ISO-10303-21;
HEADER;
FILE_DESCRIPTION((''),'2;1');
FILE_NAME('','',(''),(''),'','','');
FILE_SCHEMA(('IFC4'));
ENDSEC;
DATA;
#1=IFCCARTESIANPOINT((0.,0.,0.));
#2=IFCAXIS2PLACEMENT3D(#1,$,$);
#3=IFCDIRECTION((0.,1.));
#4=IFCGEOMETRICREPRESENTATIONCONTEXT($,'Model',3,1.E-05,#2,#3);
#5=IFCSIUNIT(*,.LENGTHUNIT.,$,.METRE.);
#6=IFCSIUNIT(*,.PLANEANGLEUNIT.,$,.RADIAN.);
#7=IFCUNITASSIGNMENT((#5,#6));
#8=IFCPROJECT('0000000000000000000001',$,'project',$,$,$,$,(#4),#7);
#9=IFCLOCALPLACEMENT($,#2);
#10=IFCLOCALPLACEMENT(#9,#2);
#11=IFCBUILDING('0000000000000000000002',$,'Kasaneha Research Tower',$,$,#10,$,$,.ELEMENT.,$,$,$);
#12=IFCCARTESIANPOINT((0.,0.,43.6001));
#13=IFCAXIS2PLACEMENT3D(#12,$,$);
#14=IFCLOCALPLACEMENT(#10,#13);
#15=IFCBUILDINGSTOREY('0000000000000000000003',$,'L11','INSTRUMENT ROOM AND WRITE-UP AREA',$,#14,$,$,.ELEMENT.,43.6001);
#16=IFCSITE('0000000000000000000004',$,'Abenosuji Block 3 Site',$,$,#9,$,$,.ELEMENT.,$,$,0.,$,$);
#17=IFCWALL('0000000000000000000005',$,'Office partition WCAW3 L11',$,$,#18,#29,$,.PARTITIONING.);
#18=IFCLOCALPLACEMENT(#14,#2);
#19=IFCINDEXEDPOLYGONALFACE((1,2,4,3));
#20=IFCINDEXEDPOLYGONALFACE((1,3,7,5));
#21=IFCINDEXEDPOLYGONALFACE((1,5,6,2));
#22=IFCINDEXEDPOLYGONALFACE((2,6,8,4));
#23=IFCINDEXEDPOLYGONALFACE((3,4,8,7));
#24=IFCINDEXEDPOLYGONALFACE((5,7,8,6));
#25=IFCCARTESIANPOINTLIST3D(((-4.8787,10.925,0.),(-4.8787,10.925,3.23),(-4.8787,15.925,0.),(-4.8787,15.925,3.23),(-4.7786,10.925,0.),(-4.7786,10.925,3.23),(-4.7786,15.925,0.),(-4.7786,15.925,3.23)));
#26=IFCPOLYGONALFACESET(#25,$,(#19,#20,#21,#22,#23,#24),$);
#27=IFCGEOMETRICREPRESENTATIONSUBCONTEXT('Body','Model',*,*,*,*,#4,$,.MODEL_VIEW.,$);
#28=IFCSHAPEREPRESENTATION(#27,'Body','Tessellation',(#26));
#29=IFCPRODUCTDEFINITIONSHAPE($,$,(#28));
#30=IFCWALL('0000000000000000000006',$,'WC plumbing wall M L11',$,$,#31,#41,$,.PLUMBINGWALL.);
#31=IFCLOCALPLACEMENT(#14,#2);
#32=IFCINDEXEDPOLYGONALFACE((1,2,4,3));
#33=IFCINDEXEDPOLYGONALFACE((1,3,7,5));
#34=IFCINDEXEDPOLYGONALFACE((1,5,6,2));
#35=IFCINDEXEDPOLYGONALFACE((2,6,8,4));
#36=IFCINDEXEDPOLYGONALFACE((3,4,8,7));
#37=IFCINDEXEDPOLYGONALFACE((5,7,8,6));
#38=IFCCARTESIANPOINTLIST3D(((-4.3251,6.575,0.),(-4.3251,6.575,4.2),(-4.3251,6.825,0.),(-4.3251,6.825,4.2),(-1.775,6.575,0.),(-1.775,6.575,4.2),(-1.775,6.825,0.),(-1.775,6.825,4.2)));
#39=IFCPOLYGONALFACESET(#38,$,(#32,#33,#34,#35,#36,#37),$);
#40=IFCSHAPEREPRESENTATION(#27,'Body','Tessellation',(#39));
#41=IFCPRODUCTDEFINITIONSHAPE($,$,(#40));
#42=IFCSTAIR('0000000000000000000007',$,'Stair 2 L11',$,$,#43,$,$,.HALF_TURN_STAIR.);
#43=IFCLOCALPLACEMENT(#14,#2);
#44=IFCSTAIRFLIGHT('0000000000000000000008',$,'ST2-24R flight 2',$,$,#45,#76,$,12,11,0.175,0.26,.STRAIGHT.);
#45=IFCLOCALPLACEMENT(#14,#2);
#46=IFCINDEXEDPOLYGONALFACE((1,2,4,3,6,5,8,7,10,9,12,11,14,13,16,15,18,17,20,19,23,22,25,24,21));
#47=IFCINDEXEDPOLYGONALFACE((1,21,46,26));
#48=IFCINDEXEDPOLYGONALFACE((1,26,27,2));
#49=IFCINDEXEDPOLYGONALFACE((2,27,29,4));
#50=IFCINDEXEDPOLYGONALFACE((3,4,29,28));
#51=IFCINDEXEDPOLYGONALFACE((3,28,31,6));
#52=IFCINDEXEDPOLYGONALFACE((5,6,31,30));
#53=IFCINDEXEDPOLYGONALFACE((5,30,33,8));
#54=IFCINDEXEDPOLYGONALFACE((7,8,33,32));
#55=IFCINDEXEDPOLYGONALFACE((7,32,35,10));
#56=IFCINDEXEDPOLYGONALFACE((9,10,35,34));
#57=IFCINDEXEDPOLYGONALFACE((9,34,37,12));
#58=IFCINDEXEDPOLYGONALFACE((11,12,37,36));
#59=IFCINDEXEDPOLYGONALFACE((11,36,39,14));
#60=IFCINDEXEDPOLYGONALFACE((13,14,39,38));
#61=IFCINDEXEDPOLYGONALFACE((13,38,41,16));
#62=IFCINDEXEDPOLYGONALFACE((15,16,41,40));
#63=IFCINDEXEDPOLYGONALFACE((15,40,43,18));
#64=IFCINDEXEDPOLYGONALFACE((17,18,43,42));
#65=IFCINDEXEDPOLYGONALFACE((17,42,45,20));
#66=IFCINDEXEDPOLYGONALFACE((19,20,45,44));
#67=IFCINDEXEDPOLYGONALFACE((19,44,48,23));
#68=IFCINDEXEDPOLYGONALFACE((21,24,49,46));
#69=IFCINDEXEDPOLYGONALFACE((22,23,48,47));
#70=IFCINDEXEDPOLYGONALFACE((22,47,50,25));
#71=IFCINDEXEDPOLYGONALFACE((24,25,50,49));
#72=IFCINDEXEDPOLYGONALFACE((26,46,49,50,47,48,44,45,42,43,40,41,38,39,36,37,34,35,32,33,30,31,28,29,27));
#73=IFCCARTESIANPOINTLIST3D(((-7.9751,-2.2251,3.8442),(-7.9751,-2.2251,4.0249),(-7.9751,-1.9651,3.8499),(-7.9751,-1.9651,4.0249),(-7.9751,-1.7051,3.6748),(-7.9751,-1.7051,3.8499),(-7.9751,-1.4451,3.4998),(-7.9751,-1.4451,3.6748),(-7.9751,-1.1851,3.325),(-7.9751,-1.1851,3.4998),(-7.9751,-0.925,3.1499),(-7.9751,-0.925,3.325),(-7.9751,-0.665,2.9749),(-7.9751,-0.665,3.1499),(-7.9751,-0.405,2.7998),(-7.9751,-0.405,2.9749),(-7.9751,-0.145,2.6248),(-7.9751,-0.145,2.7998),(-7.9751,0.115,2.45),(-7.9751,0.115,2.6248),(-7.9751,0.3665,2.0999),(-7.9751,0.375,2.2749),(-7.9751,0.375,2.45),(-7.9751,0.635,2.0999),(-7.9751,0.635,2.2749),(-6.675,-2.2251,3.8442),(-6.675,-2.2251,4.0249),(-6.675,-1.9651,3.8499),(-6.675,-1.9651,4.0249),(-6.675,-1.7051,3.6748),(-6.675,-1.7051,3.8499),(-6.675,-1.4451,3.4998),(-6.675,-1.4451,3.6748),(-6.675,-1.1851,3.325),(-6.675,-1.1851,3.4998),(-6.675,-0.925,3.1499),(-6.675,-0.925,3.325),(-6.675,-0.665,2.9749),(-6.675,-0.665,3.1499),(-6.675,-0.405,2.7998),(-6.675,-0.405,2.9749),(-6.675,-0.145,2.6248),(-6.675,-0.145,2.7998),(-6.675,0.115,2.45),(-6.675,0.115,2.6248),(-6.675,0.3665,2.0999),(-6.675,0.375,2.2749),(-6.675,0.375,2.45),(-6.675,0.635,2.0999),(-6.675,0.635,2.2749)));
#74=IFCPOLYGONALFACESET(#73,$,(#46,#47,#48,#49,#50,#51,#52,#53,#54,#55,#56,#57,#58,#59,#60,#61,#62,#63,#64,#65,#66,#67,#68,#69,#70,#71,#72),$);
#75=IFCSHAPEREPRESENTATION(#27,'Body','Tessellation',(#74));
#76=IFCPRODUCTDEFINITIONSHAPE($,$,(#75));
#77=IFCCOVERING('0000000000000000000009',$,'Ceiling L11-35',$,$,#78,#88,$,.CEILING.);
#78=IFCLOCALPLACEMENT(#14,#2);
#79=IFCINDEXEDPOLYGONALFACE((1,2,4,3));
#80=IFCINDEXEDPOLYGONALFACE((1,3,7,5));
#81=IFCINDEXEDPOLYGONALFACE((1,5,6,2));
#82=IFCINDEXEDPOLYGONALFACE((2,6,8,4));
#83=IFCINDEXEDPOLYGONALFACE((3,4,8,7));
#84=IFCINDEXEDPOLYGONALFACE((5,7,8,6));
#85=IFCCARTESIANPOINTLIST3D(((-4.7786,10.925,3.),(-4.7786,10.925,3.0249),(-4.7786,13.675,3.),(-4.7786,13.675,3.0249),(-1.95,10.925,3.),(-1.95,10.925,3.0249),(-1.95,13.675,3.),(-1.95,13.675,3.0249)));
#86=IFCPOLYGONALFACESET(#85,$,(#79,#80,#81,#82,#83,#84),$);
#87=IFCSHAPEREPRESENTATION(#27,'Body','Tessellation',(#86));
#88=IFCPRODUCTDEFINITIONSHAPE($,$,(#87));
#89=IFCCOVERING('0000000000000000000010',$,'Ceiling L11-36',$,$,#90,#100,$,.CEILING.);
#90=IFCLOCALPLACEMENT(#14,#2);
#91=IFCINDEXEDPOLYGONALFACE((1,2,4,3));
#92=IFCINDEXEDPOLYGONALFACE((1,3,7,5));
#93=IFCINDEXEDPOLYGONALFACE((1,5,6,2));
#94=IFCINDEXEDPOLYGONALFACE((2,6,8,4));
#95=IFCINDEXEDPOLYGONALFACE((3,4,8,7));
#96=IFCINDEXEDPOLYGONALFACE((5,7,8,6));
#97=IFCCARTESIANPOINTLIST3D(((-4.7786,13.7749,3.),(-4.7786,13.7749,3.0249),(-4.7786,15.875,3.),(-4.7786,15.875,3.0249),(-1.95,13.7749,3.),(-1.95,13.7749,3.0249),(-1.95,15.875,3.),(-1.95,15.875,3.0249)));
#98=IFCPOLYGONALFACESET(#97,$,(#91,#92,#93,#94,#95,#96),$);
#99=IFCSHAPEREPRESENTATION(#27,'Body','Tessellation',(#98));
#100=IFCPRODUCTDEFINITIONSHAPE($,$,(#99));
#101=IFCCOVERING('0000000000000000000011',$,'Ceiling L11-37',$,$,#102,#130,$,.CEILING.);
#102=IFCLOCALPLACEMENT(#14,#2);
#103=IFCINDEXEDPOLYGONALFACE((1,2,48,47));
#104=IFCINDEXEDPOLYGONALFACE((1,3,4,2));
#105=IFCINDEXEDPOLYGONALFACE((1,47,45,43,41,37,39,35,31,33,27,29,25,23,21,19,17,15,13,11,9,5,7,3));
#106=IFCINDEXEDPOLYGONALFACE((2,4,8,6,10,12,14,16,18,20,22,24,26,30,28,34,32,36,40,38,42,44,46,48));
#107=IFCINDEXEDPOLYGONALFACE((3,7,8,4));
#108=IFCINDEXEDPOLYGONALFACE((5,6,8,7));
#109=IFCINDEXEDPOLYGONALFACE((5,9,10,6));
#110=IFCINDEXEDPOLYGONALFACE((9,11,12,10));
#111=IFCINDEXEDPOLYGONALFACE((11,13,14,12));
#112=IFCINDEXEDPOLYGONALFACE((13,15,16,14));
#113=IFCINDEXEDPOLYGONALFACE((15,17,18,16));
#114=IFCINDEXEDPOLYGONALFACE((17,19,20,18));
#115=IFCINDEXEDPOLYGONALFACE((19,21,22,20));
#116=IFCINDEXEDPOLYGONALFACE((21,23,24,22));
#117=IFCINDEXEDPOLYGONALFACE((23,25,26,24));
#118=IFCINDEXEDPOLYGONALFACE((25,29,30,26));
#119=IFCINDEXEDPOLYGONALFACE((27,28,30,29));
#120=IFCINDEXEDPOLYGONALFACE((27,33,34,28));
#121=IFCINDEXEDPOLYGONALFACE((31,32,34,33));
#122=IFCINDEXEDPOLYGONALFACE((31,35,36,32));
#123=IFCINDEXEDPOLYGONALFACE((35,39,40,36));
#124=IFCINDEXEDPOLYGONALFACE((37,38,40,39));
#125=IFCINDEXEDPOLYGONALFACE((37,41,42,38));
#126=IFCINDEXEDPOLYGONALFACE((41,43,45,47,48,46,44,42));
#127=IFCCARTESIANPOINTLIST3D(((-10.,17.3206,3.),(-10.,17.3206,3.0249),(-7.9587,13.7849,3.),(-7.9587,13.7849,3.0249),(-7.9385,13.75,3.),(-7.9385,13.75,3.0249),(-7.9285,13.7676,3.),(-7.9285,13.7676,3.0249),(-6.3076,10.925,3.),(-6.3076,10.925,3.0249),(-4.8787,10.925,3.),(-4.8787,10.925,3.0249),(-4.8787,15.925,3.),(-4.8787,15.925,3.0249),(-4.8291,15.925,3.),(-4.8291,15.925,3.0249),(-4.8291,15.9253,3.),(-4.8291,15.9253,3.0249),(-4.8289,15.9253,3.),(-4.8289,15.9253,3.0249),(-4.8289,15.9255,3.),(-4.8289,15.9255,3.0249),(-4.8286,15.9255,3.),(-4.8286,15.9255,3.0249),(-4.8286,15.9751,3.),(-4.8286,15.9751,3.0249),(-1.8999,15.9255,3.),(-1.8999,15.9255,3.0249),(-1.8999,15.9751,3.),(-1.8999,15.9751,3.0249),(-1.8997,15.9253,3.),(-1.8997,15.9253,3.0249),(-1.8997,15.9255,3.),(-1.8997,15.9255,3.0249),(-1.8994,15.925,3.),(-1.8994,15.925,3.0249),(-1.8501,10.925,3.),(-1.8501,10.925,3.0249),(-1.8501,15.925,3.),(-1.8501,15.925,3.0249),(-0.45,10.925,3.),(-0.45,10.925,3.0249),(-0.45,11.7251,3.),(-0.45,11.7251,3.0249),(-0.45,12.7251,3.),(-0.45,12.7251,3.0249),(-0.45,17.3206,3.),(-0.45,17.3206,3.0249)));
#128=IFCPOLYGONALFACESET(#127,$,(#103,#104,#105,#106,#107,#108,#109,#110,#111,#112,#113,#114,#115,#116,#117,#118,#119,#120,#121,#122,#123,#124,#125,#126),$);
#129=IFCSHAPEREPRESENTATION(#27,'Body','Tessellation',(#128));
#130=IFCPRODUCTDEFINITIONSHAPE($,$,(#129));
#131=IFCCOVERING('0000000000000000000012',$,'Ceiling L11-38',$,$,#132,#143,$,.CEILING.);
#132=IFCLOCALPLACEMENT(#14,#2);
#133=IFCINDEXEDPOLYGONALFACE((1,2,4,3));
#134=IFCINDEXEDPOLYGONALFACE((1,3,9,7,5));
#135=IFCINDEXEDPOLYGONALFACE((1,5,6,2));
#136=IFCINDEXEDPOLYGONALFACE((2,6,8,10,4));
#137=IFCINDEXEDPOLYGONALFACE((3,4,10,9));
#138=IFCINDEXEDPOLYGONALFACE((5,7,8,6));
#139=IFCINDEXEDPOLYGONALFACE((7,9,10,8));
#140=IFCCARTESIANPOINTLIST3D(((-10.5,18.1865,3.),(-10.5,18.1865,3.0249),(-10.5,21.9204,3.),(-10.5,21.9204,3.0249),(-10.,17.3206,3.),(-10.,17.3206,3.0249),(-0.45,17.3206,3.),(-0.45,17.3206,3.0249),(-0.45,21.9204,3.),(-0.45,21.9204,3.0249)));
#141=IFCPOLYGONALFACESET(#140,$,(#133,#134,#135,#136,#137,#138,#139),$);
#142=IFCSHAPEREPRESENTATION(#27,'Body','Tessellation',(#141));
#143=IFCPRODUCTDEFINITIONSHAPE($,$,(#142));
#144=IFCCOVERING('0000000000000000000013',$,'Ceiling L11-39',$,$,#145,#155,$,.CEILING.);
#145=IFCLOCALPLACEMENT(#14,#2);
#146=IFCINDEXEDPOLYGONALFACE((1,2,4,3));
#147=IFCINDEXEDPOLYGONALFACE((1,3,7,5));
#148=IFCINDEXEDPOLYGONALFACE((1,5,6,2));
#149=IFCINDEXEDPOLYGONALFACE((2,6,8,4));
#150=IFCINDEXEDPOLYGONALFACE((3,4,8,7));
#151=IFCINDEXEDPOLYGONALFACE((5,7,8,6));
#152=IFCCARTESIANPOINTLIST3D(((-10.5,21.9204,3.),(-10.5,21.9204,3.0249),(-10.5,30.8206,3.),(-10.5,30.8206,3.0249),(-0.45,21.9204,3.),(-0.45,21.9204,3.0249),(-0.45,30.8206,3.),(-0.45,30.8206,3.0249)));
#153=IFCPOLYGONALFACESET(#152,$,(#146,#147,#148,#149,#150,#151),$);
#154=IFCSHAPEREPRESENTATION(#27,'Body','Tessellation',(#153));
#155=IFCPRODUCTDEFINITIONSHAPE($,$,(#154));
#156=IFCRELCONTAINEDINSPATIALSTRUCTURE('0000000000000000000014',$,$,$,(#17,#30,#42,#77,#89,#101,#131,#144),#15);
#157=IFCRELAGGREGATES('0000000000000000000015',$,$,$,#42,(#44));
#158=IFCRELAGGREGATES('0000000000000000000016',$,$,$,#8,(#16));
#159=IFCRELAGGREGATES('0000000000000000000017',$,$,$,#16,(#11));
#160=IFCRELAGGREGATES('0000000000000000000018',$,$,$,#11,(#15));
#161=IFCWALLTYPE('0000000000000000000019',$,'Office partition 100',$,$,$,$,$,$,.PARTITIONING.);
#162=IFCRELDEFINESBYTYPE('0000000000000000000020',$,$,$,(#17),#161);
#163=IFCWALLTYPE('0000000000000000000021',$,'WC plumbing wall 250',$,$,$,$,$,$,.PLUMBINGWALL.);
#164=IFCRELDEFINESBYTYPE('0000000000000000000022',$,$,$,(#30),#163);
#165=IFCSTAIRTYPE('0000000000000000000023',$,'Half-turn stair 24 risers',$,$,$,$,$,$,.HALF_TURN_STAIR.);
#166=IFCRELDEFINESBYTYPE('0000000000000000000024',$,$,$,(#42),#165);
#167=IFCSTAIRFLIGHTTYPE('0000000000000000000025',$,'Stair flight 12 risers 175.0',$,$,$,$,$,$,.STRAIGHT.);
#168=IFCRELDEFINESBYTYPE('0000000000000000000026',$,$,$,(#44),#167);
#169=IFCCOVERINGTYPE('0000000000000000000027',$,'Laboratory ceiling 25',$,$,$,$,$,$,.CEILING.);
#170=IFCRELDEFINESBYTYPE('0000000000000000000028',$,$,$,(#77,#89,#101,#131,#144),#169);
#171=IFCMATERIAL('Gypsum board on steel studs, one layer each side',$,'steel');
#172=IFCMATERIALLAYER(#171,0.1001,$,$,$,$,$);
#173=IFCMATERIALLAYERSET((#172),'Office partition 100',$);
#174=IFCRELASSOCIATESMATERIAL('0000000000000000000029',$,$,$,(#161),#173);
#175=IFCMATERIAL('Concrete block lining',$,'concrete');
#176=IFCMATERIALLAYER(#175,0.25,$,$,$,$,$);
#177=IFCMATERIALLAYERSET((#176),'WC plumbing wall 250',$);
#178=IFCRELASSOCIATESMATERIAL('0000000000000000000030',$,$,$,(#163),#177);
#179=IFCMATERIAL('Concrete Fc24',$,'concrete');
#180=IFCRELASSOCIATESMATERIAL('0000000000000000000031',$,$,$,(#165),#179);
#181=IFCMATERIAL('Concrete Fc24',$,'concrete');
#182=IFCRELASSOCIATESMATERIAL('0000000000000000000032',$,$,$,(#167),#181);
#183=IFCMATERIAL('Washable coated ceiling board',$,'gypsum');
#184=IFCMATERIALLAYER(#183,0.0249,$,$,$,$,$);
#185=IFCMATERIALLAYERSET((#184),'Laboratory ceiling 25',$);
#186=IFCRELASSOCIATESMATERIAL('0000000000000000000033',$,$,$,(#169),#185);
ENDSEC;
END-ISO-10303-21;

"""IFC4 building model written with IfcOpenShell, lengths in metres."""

from ifc_helpers import new_model, si_unit, direction, frame, frame_2d, origin, place, context, subcontext, project, spatial, polyline, rectangle, outline, extrude, material, layer, layer_set, type_object, element, aggregate, save


model = new_model("IFC4")

# Units and contexts
model_context = context("Model", 3, precision=1e-05, world=origin(), true_north=direction((0.0, 1.0)))
body_context = subcontext(model_context, "Body", "Model", "MODEL_VIEW")
ifc_project = project(units=[si_unit("LENGTHUNIT", "METRE"), si_unit("PLANEANGLEUNIT", "RADIAN")], contexts=[model_context])

# Site, building, storey
site_placement = place(None, origin())
site = spatial("IfcSite", under=ifc_project, at=site_placement, Name="Abenosuji Block 3 Site", CompositionType="ELEMENT", RefElevation=0.0)
building_placement = place(site_placement, origin())
building = spatial("IfcBuilding", under=site, at=building_placement, Name="Kasaneha Research Tower", CompositionType="ELEMENT")
storey_placement = place(building_placement, frame((0.0, 0.0, 43.6001)))
storey = spatial("IfcBuildingStorey", under=building, at=storey_placement, Name="L11", Description="INSTRUMENT ROOM AND WRITE-UP AREA", CompositionType="ELEMENT", Elevation=43.6001)

# Shared definitions
ifc_material_1 = material(Name="Gypsum board on steel studs, one layer each side", Category="steel")
ifc_layer_1 = layer(ifc_material_1, 0.1001)
ifc_layer_set_1 = layer_set([ifc_layer_1], Name="Office partition 100")
wall_type_1 = type_object("IfcWallType", Name="Office partition 100", PredefinedType="PARTITIONING", material=ifc_layer_set_1)

# Wall
wall_1_placement = place(storey_placement, frame((-4.8286, 10.925, 0.0), z_axis=(0.0, 0.0, 1.0), x_axis=(0.0, 1.0, 0.0)))
element("IfcWall", 1, at=wall_1_placement, inside=storey, type_object=wall_type_1, Name="Office partition WCAW3 L11", PredefinedType="PARTITIONING", context=body_context, shape_type="SweptSolid", body=[
    extrude(rectangle(XDim=5.0, YDim=0.1001, at=frame_2d((2.5, 0.0))), origin(), (0.0, 0.0, 1.0), 3.23),
])

# Wall
ifc_material_2 = material(Name="Concrete block lining", Category="concrete")
ifc_layer_2 = layer(ifc_material_2, 0.25)
ifc_layer_set_2 = layer_set([ifc_layer_2], Name="WC plumbing wall 250")
wall_type_2 = type_object("IfcWallType", Name="WC plumbing wall 250", PredefinedType="PLUMBINGWALL", material=ifc_layer_set_2)
wall_2_placement = place(storey_placement, frame((-4.325, 6.7, 0.0), z_axis=(0.0, 0.0, 1.0), x_axis=(1.0, 0.0, 0.0)))
element("IfcWall", 2, at=wall_2_placement, inside=storey, type_object=wall_type_2, Name="WC plumbing wall M L11", PredefinedType="PLUMBINGWALL", context=body_context, shape_type="SweptSolid", body=[
    extrude(rectangle(XDim=2.55, YDim=0.25, at=frame_2d((1.2749, 0.0))), origin(), (0.0, 0.0, 1.0), 4.2),
])

# Stair, stair flight
ifc_material_3 = material(Name="Concrete Fc24", Category="concrete")
stair_type = type_object("IfcStairType", Name="Half-turn stair 24 risers", PredefinedType="HALF_TURN_STAIR", material=ifc_material_3)
stair_placement = place(storey_placement, origin())
stair = element("IfcStair", 3, at=stair_placement, inside=storey, type_object=stair_type, Name="Stair 2 L11", PredefinedType="HALF_TURN_STAIR")
ifc_material_4 = material(Name="Concrete Fc24", Category="concrete")
stair_flight_type = type_object("IfcStairFlightType", Name="Stair flight 12 risers 175.0", PredefinedType="STRAIGHT", material=ifc_material_4)
stair_flight_placement = place(storey_placement, frame((-7.325, 0.635, 2.0999), z_axis=(0.0, 0.0, 1.0), x_axis=(0.0, -1.0, 0.0)))
stair_flight = element("IfcStairFlight", 4, at=stair_flight_placement, type_object=stair_flight_type, Name="ST2-24R flight 2", NumberOfRisers=12, NumberOfTreads=11, PredefinedType="STRAIGHT", RiserHeight=0.175, TreadLength=0.26, context=body_context, shape_type="SweptSolid", body=[
    extrude(outline(polyline([(0.0, 0.0), (0.0, 0.175), (0.26, 0.175), (0.26, 0.3501), (0.52, 0.3501), (0.52, 0.5249), (0.78, 0.5249), (0.78, 0.7), (1.04, 0.7), (1.04, 0.875), (1.3, 0.875), (1.3, 1.05), (1.5601, 1.05), (1.5601, 1.2251), (1.8201, 1.2251), (1.8201, 1.3999), (2.0801, 1.3999), (2.0801, 1.575), (2.3401, 1.575), (2.3401, 1.75), (2.6001, 1.75), (2.6001, 1.925), (2.8601, 1.925), (2.8601, 2.1001), (2.8601, 1.7444), (0.2686, 0.0), (0.0, 0.0)])), frame((0.0, 0.6499, 0.0), z_axis=(0.0, -1.0, 0.0), x_axis=(1.0, 0.0, 0.0)), (0.0, 0.0, 1.0), 1.3),
])
aggregate(stair, [stair_flight])

# Coverings
ifc_material_5 = material(Name="Washable coated ceiling board", Category="gypsum")
ifc_layer_3 = layer(ifc_material_5, 0.0249)
ifc_layer_set_3 = layer_set([ifc_layer_3], Name="Laboratory ceiling 25")
covering_type = type_object("IfcCoveringType", Name="Laboratory ceiling 25", PredefinedType="CEILING", material=ifc_layer_set_3)
covering_1_placement = place(storey_placement, frame((0.0, 0.0, 3.0)))
element("IfcCovering", 5, at=covering_1_placement, inside=storey, type_object=covering_type, Name="Ceiling L11-35", PredefinedType="CEILING", context=body_context, shape_type="SweptSolid", body=[
    extrude(outline(polyline([(-4.7786, 10.925), (-4.7786, 13.675), (-1.95, 13.675), (-1.95, 10.925), (-4.7786, 10.925)])), origin(), (0.0, 0.0, 1.0), 0.0249),
])
covering_2_placement = place(storey_placement, frame((0.0, 0.0, 3.0)))
element("IfcCovering", 6, at=covering_2_placement, inside=storey, type_object=covering_type, Name="Ceiling L11-36", PredefinedType="CEILING", context=body_context, shape_type="SweptSolid", body=[
    extrude(outline(polyline([(-4.7786, 15.875), (-1.95, 15.875), (-1.95, 13.7749), (-4.7786, 13.7749), (-4.7786, 15.875)])), origin(), (0.0, 0.0, 1.0), 0.0249),
])
covering_3_placement = place(storey_placement, frame((0.0, 0.0, 3.0)))
element("IfcCovering", 7, at=covering_3_placement, inside=storey, type_object=covering_type, Name="Ceiling L11-37", PredefinedType="CEILING", context=body_context, shape_type="SweptSolid", body=[
    extrude(outline(polyline([(-1.8501, 10.925), (-1.8501, 15.925), (-1.8994, 15.925), (-1.8994, 15.925), (-1.8994, 15.925), (-1.8994, 15.925), (-1.8997, 15.9253), (-1.8997, 15.9253), (-1.8997, 15.9253), (-1.8997, 15.9253), (-1.8997, 15.9253), (-1.8997, 15.9253), (-1.8997, 15.9255), (-1.8997, 15.9255), (-1.8999, 15.9255), (-1.8999, 15.9255), (-1.8999, 15.9255), (-1.8999, 15.9255), (-1.8999, 15.9255), (-1.8999, 15.9751), (-4.8286, 15.9751), (-4.8286, 15.9255), (-4.8286, 15.9255), (-4.8286, 15.9255), (-4.8286, 15.9255), (-4.8289, 15.9255), (-4.8289, 15.9255), (-4.8289, 15.9255), (-4.8289, 15.9253), (-4.8289, 15.9253), (-4.8289, 15.9253), (-4.8291, 15.9253), (-4.8291, 15.9253), (-4.8291, 15.9253), (-4.8291, 15.925), (-4.8291, 15.925), (-4.8291, 15.925), (-4.8291, 15.925), (-4.8787, 15.925), (-4.8787, 10.925), (-6.3076, 10.925), (-7.9385, 13.75), (-7.9285, 13.7676), (-7.9587, 13.7849), (-10.0, 17.3206), (-0.45, 17.3206), (-0.45, 12.7251), (-0.45, 11.7251), (-0.45, 10.925), (-1.8501, 10.925)])), origin(), (0.0, 0.0, 1.0), 0.0249),
])
covering_4_placement = place(storey_placement, frame((0.0, 0.0, 3.0)))
element("IfcCovering", 8, at=covering_4_placement, inside=storey, type_object=covering_type, Name="Ceiling L11-38", PredefinedType="CEILING", context=body_context, shape_type="SweptSolid", body=[
    extrude(outline(polyline([(-10.5, 21.9204), (-0.45, 21.9204), (-0.45, 17.3206), (-10.0, 17.3206), (-10.5, 18.1865), (-10.5, 21.9204)])), origin(), (0.0, 0.0, 1.0), 0.0249),
])
covering_5_placement = place(storey_placement, frame((0.0, 0.0, 3.0)))
element("IfcCovering", 9, at=covering_5_placement, inside=storey, type_object=covering_type, Name="Ceiling L11-39", PredefinedType="CEILING", context=body_context, shape_type="SweptSolid", body=[
    extrude(outline(polyline([(-0.45, 30.8206), (-0.45, 21.9204), (-10.5, 21.9204), (-10.5, 30.8206), (-0.45, 30.8206)])), origin(), (0.0, 0.0, 1.0), 0.0249),
])

save(model, "model.ifc")
